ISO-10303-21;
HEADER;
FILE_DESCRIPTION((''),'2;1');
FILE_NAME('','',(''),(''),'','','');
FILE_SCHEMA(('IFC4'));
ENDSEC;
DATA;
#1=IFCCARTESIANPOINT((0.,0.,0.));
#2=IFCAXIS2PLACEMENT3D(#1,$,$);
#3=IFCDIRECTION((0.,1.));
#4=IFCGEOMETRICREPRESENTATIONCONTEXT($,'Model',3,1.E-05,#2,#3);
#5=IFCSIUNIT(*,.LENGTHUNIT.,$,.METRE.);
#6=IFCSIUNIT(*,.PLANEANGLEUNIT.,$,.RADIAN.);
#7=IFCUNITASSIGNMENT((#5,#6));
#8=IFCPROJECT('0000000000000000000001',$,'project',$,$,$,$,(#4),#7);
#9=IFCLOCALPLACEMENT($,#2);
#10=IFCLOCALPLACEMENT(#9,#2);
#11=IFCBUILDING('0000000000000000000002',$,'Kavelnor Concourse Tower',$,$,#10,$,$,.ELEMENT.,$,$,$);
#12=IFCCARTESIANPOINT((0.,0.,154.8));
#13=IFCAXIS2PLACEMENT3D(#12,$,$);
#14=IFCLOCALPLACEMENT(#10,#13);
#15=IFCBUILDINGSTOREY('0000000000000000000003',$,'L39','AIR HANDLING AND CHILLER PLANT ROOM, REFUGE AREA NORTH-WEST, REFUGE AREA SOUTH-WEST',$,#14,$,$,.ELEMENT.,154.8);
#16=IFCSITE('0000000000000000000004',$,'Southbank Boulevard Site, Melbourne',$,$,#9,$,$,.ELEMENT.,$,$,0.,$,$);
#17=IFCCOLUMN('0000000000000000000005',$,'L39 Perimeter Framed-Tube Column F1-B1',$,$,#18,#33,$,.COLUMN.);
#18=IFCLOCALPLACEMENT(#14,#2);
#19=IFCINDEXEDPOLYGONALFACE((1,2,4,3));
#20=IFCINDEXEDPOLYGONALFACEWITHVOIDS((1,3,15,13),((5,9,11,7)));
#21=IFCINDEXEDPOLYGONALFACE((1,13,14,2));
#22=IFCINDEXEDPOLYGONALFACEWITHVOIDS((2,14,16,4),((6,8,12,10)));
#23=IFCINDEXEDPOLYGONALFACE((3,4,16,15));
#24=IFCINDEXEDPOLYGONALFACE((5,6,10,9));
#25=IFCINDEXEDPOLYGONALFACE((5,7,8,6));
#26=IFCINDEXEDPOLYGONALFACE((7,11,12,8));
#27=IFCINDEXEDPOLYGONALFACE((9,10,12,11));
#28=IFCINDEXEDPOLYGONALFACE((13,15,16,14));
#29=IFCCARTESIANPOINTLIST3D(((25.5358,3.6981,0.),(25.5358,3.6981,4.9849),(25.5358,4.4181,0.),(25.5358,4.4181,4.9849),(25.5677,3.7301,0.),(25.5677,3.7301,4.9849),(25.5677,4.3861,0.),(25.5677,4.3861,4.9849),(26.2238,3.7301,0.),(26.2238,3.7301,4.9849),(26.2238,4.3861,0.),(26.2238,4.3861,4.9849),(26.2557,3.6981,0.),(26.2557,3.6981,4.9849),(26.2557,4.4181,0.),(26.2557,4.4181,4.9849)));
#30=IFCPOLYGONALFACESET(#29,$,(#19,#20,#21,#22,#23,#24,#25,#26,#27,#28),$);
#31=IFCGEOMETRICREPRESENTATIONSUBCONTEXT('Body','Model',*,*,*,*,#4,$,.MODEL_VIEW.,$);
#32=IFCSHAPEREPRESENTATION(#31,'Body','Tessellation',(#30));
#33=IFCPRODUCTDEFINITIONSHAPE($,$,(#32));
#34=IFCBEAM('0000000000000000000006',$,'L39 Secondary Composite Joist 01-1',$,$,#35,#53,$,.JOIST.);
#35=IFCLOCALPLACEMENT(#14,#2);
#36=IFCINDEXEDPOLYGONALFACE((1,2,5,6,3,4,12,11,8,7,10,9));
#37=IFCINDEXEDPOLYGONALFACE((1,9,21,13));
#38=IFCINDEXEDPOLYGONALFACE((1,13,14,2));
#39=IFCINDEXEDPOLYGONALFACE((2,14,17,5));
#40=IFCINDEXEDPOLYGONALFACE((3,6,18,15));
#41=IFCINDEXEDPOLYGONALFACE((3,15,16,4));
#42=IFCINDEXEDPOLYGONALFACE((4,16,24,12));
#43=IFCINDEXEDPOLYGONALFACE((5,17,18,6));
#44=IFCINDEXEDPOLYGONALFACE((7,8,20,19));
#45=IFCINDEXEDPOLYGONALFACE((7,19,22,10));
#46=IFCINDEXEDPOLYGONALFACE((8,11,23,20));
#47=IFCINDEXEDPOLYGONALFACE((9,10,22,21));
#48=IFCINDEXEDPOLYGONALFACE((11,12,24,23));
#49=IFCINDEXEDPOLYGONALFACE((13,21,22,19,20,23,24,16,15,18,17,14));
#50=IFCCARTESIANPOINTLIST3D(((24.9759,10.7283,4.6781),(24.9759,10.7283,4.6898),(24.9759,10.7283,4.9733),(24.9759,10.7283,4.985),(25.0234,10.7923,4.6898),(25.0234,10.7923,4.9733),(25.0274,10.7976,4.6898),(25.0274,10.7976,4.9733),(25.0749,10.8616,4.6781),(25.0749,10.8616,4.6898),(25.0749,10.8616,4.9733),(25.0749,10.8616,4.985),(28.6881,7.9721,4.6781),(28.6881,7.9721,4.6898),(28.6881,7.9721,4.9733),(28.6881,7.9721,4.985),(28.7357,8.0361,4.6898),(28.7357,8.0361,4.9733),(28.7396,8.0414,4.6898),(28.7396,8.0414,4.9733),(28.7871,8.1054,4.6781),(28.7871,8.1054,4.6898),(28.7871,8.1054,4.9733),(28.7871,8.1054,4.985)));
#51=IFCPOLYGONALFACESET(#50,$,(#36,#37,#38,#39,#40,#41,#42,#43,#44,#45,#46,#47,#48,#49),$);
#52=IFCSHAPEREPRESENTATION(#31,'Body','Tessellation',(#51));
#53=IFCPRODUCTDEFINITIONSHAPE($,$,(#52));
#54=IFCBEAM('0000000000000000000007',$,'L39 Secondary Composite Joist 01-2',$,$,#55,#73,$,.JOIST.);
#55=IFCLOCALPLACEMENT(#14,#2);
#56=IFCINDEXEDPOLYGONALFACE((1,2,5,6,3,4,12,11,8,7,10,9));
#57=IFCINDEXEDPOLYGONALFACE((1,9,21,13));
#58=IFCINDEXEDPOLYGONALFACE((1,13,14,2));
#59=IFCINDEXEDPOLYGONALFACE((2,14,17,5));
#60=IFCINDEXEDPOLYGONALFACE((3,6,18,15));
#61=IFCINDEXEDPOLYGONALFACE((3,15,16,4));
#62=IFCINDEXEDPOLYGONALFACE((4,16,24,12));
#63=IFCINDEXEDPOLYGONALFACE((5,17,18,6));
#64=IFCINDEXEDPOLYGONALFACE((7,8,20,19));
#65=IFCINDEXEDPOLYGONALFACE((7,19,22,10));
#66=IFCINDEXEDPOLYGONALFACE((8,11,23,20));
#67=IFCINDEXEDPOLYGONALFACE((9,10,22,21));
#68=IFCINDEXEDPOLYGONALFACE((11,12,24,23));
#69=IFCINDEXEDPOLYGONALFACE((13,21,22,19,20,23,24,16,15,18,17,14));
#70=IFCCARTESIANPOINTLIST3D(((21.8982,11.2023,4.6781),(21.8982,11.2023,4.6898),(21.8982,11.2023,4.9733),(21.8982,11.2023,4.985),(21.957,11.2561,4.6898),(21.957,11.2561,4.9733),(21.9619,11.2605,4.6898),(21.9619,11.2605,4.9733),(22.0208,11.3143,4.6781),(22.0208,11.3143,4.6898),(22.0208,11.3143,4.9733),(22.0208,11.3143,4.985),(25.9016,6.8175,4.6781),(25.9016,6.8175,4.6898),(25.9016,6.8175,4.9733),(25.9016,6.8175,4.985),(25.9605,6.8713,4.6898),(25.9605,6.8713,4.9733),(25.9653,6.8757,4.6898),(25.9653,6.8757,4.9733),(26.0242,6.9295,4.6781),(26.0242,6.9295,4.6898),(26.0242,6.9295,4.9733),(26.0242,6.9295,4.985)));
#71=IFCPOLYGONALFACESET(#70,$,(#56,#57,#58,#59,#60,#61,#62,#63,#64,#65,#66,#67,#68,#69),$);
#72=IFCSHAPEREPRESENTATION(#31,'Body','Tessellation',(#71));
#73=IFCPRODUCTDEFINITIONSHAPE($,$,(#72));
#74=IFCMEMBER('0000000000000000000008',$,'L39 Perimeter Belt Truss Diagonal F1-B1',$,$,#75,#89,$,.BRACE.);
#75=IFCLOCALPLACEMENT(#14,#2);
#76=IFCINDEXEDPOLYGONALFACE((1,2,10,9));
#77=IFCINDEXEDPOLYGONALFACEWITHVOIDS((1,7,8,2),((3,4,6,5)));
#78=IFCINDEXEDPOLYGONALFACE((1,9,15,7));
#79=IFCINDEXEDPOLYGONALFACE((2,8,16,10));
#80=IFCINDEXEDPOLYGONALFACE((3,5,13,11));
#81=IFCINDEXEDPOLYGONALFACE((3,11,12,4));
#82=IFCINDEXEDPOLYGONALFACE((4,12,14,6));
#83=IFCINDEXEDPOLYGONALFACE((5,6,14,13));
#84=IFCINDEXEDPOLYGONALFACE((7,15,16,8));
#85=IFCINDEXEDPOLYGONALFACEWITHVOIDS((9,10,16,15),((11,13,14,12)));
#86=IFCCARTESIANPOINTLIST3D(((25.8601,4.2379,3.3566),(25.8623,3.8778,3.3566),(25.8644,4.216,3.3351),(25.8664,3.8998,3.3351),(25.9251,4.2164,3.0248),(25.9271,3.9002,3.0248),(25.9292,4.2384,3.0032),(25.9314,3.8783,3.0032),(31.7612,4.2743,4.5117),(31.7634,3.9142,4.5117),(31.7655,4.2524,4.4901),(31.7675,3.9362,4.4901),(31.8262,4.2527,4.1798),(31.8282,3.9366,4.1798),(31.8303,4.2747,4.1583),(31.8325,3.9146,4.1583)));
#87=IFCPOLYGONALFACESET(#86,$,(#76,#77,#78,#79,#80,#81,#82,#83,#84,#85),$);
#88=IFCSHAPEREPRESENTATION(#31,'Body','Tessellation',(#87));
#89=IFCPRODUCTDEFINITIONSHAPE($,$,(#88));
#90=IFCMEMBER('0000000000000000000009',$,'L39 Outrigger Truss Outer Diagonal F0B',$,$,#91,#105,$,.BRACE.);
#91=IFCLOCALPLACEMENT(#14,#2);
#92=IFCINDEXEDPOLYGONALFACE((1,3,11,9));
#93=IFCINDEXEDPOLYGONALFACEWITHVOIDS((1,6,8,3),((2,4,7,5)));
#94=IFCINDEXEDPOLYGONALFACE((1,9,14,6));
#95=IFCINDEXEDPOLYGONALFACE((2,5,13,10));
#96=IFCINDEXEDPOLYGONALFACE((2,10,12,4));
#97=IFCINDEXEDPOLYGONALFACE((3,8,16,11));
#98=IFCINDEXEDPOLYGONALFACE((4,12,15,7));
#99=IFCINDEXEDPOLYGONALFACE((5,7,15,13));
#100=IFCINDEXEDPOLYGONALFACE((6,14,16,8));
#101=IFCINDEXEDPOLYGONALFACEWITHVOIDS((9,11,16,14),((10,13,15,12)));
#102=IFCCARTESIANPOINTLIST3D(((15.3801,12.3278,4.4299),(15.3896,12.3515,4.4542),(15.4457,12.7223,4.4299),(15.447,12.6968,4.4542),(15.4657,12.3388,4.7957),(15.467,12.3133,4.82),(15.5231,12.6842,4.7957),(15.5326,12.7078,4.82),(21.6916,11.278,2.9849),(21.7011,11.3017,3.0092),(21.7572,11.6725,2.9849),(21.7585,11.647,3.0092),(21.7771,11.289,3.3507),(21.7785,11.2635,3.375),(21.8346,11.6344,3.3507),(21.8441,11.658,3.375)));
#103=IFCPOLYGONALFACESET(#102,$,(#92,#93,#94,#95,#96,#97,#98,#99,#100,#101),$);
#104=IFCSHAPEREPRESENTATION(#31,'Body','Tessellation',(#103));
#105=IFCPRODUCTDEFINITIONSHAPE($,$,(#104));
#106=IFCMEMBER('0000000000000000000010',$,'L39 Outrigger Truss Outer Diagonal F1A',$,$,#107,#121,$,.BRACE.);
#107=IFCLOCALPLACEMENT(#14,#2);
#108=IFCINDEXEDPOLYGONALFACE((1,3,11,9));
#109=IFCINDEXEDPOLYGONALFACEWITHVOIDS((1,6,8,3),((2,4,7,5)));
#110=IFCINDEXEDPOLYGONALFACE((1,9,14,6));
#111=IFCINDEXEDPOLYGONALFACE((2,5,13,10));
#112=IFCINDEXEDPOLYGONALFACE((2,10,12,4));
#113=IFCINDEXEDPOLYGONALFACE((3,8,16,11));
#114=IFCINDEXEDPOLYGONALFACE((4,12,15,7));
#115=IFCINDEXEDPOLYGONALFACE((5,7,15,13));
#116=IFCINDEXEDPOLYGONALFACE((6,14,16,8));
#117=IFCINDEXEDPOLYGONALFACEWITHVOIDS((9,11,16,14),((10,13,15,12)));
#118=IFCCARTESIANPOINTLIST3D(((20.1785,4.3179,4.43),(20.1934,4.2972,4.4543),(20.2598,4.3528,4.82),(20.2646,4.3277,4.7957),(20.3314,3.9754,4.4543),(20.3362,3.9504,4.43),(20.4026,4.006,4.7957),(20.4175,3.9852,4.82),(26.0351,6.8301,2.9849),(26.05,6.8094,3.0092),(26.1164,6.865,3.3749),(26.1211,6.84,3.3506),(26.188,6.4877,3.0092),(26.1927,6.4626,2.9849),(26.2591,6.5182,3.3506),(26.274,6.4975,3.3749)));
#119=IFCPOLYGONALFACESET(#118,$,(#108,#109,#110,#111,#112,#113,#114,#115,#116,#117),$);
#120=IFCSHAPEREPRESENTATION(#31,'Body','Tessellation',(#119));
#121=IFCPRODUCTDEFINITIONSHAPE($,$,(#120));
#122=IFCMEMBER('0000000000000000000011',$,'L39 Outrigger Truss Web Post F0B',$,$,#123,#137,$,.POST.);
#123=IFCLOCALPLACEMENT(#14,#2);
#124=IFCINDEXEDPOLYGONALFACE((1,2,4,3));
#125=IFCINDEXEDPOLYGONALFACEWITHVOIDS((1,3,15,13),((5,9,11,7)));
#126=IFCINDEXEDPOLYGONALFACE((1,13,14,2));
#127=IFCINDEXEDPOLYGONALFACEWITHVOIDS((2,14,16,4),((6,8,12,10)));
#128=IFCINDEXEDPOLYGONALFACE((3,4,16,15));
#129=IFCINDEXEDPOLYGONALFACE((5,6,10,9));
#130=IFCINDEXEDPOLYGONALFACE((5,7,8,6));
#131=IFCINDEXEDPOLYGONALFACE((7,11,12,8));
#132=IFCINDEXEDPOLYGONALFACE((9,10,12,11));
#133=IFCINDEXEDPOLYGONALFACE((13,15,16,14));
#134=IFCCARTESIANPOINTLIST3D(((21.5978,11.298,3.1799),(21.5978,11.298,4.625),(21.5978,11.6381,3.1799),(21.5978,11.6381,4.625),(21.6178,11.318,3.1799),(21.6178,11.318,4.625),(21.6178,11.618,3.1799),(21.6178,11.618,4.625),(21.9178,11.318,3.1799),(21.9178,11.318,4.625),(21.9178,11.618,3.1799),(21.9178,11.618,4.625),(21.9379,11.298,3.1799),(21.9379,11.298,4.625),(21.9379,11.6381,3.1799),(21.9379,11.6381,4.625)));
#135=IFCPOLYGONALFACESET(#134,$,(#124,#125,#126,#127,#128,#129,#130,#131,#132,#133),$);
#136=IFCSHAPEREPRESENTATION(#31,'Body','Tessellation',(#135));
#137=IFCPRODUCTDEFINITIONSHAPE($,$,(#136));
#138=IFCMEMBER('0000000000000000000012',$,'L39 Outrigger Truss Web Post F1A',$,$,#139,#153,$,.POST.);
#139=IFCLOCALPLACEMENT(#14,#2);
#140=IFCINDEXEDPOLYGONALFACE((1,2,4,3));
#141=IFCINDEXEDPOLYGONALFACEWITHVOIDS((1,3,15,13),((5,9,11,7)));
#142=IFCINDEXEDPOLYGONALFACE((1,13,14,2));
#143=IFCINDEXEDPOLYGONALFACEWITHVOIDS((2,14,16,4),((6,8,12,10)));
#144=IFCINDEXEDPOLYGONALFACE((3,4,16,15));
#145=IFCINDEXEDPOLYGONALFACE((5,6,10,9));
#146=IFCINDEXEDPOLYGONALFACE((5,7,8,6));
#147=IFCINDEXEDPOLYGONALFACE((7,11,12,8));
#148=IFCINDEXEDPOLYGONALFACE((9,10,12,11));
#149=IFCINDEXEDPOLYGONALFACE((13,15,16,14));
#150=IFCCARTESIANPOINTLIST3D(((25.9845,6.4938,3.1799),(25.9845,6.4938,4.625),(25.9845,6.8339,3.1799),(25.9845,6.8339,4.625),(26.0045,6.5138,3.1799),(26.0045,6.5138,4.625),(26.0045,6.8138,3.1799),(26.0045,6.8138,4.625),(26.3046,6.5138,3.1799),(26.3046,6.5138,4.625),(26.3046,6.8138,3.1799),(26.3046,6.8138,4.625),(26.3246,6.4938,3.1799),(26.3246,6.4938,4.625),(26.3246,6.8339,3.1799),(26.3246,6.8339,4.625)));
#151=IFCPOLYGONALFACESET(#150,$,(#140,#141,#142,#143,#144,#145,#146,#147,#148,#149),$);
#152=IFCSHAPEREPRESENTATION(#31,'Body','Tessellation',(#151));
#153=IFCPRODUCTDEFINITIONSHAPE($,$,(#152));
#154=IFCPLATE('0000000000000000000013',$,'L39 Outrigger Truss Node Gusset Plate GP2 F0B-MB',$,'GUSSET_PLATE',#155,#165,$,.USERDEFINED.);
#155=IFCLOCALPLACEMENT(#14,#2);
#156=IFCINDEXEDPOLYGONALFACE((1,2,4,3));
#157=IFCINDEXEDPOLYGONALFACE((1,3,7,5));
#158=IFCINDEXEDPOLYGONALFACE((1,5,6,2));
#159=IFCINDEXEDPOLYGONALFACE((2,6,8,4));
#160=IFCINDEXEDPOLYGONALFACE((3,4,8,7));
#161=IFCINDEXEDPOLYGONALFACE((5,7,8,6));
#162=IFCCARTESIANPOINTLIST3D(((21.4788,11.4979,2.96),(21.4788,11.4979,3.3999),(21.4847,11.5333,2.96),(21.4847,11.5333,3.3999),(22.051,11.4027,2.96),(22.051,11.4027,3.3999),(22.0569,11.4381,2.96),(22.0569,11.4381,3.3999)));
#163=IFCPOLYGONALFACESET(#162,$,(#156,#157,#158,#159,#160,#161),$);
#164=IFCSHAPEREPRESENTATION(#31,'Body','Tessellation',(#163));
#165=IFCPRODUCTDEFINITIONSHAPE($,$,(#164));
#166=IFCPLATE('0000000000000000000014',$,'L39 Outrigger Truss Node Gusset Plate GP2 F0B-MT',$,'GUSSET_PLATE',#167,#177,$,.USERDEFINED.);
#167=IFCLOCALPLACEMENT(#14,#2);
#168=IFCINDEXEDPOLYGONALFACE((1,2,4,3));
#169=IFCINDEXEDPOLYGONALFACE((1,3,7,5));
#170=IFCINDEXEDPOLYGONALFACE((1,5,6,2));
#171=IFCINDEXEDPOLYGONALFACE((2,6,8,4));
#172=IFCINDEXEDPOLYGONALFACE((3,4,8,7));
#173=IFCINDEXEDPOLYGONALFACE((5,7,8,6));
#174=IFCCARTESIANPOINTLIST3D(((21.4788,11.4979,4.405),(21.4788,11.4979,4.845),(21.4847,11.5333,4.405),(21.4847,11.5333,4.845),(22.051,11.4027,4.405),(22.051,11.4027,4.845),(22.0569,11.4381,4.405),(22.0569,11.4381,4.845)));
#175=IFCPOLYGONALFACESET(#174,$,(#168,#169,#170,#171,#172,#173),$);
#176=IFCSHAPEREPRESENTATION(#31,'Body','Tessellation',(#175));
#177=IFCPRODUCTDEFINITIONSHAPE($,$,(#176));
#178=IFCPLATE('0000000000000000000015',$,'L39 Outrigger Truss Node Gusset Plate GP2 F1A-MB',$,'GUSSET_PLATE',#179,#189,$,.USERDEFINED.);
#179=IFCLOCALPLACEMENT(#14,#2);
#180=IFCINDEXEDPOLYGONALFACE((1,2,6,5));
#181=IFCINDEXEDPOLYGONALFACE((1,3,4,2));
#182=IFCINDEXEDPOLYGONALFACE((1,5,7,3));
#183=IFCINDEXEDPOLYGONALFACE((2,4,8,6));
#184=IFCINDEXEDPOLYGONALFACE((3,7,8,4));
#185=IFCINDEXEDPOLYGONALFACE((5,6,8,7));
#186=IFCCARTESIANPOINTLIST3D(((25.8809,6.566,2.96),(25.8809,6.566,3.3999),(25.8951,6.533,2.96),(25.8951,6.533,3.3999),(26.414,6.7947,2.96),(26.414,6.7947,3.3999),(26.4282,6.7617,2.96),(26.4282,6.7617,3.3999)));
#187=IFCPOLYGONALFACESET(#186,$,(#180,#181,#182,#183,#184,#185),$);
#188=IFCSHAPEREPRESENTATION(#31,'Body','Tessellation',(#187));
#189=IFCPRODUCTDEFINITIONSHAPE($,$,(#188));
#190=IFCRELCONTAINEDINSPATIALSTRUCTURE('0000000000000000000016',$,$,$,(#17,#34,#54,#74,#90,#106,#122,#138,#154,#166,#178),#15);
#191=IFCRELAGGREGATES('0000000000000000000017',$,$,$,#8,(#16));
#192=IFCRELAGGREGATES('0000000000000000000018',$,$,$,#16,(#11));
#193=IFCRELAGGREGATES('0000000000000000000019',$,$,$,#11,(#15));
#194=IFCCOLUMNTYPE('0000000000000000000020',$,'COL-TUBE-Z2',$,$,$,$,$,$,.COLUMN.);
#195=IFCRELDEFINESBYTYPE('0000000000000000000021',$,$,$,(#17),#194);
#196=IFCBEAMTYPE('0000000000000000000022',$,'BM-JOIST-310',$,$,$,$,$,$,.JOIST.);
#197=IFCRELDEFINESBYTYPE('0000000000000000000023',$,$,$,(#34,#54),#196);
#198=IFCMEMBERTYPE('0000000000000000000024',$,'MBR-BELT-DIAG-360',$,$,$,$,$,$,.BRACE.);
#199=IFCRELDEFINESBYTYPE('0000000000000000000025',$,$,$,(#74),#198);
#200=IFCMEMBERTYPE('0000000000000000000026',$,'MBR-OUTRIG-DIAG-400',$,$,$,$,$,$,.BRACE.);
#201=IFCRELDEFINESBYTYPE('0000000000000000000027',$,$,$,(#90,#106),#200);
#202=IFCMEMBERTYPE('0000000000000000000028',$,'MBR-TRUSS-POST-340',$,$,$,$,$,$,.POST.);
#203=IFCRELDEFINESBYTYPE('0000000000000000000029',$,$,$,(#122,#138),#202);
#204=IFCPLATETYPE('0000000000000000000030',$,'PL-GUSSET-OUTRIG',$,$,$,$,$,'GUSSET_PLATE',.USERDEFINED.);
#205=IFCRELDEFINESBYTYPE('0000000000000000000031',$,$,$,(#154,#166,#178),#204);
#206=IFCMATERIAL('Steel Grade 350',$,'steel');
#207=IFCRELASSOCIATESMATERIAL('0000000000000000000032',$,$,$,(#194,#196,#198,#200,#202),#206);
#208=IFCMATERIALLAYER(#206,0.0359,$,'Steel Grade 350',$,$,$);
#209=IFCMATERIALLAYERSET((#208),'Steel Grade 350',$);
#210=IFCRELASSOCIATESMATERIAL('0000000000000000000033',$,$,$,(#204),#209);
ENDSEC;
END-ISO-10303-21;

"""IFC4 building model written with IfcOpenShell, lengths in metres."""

from ifc_helpers import new_model, si_unit, direction, frame, origin, origin_2d, place, context, subcontext, project, spatial, rectangle, hollow_rectangle, i_section, extrude, material, layer, layer_set, material_profile, profile_set, type_object, element, save


model = new_model("IFC4")

# Units and contexts
model_context = context("Model", 3, precision=1e-05, world=origin(), true_north=direction((0.0, 1.0)))
body_context = subcontext(model_context, "Body", "Model", "MODEL_VIEW")
ifc_project = project(units=[si_unit("LENGTHUNIT", "METRE"), si_unit("PLANEANGLEUNIT", "RADIAN")], contexts=[model_context])

# Site, building, storey
site_placement = place(None, origin())
site = spatial("IfcSite", under=ifc_project, at=site_placement, Name="Southbank Boulevard Site, Melbourne", CompositionType="ELEMENT", RefElevation=0.0)
building_placement = place(site_placement, origin())
building = spatial("IfcBuilding", under=site, at=building_placement, Name="Kavelnor Concourse Tower", CompositionType="ELEMENT")
storey_placement = place(building_placement, frame((0.0, 0.0, 154.8)))
storey = spatial("IfcBuildingStorey", under=building, at=storey_placement, Name="L39", Description="AIR HANDLING AND CHILLER PLANT ROOM, REFUGE AREA NORTH-WEST, REFUGE AREA SOUTH-WEST", CompositionType="ELEMENT", Elevation=154.8)

# Column
ifc_material_1 = material(Name="Steel Grade 350", Category="steel")
ifc_material_profile_1 = material_profile(ifc_material_1, hollow_rectangle(XDim=0.72, YDim=0.72, WallThickness=0.032, at=origin_2d()), Name="SHS 720x720x32")
ifc_profile_set_1 = profile_set([ifc_material_profile_1], Name="Steel Grade 350")
column_type = type_object("IfcColumnType", Name="COL-TUBE-Z2", PredefinedType="COLUMN", material=ifc_profile_set_1)
column_placement = place(storey_placement, frame((25.8958, 4.0581, 0.0), z_axis=(0.0, 0.0, 1.0), x_axis=(1.0, 0.0, 0.0)))
element("IfcColumn", 1, at=column_placement, inside=storey, type_object=column_type, Name="L39 Perimeter Framed-Tube Column F1-B1", PredefinedType="COLUMN", context=body_context, shape_type="SweptSolid", body=[
    extrude(hollow_rectangle(XDim=0.72, YDim=0.72, WallThickness=0.032, at=origin_2d()), origin(), (0.0, 0.0, 1.0), 4.9849),
])

# Beams
ifc_material_profile_2 = material_profile(ifc_material_1, i_section(OverallWidth=0.166, OverallDepth=0.3069, WebThickness=0.0066, FlangeThickness=0.0117, at=origin_2d()), Name="310UB46")
ifc_profile_set_2 = profile_set([ifc_material_profile_2], Name="Steel Grade 350")
beam_type = type_object("IfcBeamType", Name="BM-JOIST-310", PredefinedType="JOIST", material=ifc_profile_set_2)
beam_1_placement = place(storey_placement, frame((25.0254, 10.7949, 4.8315), z_axis=(0.802899, -0.596115, 0.0), x_axis=(0.596115, 0.802899, 0.0)))
element("IfcBeam", 2, at=beam_1_placement, inside=storey, type_object=beam_type, Name="L39 Secondary Composite Joist 01-1", PredefinedType="JOIST", context=body_context, shape_type="SweptSolid", body=[
    extrude(i_section(OverallWidth=0.166, OverallDepth=0.3069, WebThickness=0.0066, FlangeThickness=0.0117, at=origin_2d()), origin(), (0.0, 0.0, 1.0), 4.6235),
])
beam_2_placement = place(storey_placement, frame((21.9595, 11.2583, 4.8315), z_axis=(0.674264, -0.738491, 0.0), x_axis=(0.738491, 0.674264, 0.0)))
element("IfcBeam", 3, at=beam_2_placement, inside=storey, type_object=beam_type, Name="L39 Secondary Composite Joist 01-2", PredefinedType="JOIST", context=body_context, shape_type="SweptSolid", body=[
    extrude(i_section(OverallWidth=0.166, OverallDepth=0.3069, WebThickness=0.0066, FlangeThickness=0.0117, at=origin_2d()), origin(), (0.0, 0.0, 1.0), 5.9375),
])

# Members
ifc_material_profile_3 = material_profile(ifc_material_1, hollow_rectangle(XDim=0.3601, YDim=0.3601, WallThickness=0.022, at=origin_2d()), Name="SHS 360x360x22")
ifc_profile_set_3 = profile_set([ifc_material_profile_3], Name="Steel Grade 350")
member_type_1 = type_object("IfcMemberType", Name="MBR-BELT-DIAG-360", PredefinedType="BRACE", material=ifc_profile_set_3)
member_1_placement = place(storey_placement, frame((25.8958, 4.0581, 3.1799), z_axis=(0.98136, 0.00605, 0.192082), x_axis=(-0.006164, 0.999981, 0.0)))
element("IfcMember", 4, at=member_1_placement, inside=storey, type_object=member_type_1, Name="L39 Perimeter Belt Truss Diagonal F1-B1", PredefinedType="BRACE", context=body_context, shape_type="SweptSolid", body=[
    extrude(hollow_rectangle(XDim=0.3601, YDim=0.3601, WallThickness=0.022, at=origin_2d()), origin(), (0.0, 0.0, 1.0), 6.0132),
])
ifc_material_profile_4 = material_profile(ifc_material_1, hollow_rectangle(XDim=0.3999, YDim=0.3999, WallThickness=0.0249, at=origin_2d()), Name="SHS 400x400x25")
ifc_profile_set_4 = profile_set([ifc_material_profile_4], Name="Steel Grade 350")
member_type_2 = type_object("IfcMemberType", Name="MBR-OUTRIG-DIAG-400", PredefinedType="BRACE", material=ifc_profile_set_4)
member_2_placement = place(storey_placement, frame((21.7678, 11.468, 3.1799), z_axis=(-0.962211, 0.160046, 0.220305), x_axis=(-0.164077, -0.986447, 0.0)))
element("IfcMember", 5, at=member_2_placement, inside=storey, type_object=member_type_2, Name="L39 Outrigger Truss Outer Diagonal F0B", PredefinedType="BRACE", context=body_context, shape_type="SweptSolid", body=[
    extrude(hollow_rectangle(XDim=0.3999, YDim=0.3999, WallThickness=0.0249, at=origin_2d()), origin(), (0.0, 0.0, 1.0), 6.5593),
])
member_3_placement = place(storey_placement, frame((26.1545, 6.6638, 3.1799), z_axis=(-0.896259, -0.384463, 0.22115), x_axis=(0.394224, -0.919014, 0.0)))
element("IfcMember", 6, at=member_3_placement, inside=storey, type_object=member_type_2, Name="L39 Outrigger Truss Outer Diagonal F1A", PredefinedType="BRACE", context=body_context, shape_type="SweptSolid", body=[
    extrude(hollow_rectangle(XDim=0.3999, YDim=0.3999, WallThickness=0.0249, at=origin_2d()), origin(), (0.0, 0.0, 1.0), 6.5344),
])
ifc_material_profile_5 = material_profile(ifc_material_1, hollow_rectangle(XDim=0.3401, YDim=0.3401, WallThickness=0.02, at=origin_2d()), Name="SHS 340x340x20")
ifc_profile_set_5 = profile_set([ifc_material_profile_5], Name="Steel Grade 350")
member_type_3 = type_object("IfcMemberType", Name="MBR-TRUSS-POST-340", PredefinedType="POST", material=ifc_profile_set_5)
for number, where, z_axis, x_axis, name in (
    (7, (21.7678, 11.468, 3.1799), (0.0, 0.0, 1.0), (1.0, 0.0, 0.0), "L39 Outrigger Truss Web Post F0B"),
    (8, (26.1545, 6.6638, 3.1799), (0.0, 0.0, 1.0), (1.0, 0.0, 0.0), "L39 Outrigger Truss Web Post F1A"),
):
    element("IfcMember", number, at=place(storey_placement, frame(where, z_axis=z_axis, x_axis=x_axis)), inside=storey, type_object=member_type_3, Name=name, PredefinedType="POST", context=body_context, shape_type="SweptSolid", body=[
        extrude(hollow_rectangle(XDim=0.3401, YDim=0.3401, WallThickness=0.02, at=origin_2d()), origin(), (0.0, 0.0, 1.0), 1.4451),
    ])

# Plates
ifc_layer_1 = layer(ifc_material_1, 0.0359, Name="Steel Grade 350")
ifc_layer_set_1 = layer_set([ifc_layer_1], Name="Steel Grade 350")
plate_type_1 = type_object("IfcPlateType", Name="PL-GUSSET-OUTRIG", ElementType="GUSSET_PLATE", PredefinedType="USERDEFINED", material=ifc_layer_set_1)
for number, where, z_axis, x_axis, name in (
    (9, (21.7678, 11.468, 2.96), (0.0, 0.0, 1.0), (-0.986458, 0.164015, 0.0), "L39 Outrigger Truss Node Gusset Plate GP2 F0B-MB"),
    (10, (21.7678, 11.468, 4.405), (0.0, 0.0, 1.0), (-0.986458, 0.164015, 0.0), "L39 Outrigger Truss Node Gusset Plate GP2 F0B-MT"),
    (11, (26.1545, 6.6638, 2.96), (0.0, 0.0, 1.0), (-0.918998, -0.394263, 0.0), "L39 Outrigger Truss Node Gusset Plate GP2 F1A-MB"),
):
    element("IfcPlate", number, at=place(storey_placement, frame(where, z_axis=z_axis, x_axis=x_axis)), inside=storey, type_object=plate_type_1, Name=name, ObjectType="GUSSET_PLATE", PredefinedType="USERDEFINED", context=body_context, shape_type="SweptSolid", body=[
        extrude(rectangle(XDim=0.5801, YDim=0.0359, at=origin_2d()), origin(), (0.0, 0.0, 1.0), 0.4399),
    ])

save(model, "model.ifc")
